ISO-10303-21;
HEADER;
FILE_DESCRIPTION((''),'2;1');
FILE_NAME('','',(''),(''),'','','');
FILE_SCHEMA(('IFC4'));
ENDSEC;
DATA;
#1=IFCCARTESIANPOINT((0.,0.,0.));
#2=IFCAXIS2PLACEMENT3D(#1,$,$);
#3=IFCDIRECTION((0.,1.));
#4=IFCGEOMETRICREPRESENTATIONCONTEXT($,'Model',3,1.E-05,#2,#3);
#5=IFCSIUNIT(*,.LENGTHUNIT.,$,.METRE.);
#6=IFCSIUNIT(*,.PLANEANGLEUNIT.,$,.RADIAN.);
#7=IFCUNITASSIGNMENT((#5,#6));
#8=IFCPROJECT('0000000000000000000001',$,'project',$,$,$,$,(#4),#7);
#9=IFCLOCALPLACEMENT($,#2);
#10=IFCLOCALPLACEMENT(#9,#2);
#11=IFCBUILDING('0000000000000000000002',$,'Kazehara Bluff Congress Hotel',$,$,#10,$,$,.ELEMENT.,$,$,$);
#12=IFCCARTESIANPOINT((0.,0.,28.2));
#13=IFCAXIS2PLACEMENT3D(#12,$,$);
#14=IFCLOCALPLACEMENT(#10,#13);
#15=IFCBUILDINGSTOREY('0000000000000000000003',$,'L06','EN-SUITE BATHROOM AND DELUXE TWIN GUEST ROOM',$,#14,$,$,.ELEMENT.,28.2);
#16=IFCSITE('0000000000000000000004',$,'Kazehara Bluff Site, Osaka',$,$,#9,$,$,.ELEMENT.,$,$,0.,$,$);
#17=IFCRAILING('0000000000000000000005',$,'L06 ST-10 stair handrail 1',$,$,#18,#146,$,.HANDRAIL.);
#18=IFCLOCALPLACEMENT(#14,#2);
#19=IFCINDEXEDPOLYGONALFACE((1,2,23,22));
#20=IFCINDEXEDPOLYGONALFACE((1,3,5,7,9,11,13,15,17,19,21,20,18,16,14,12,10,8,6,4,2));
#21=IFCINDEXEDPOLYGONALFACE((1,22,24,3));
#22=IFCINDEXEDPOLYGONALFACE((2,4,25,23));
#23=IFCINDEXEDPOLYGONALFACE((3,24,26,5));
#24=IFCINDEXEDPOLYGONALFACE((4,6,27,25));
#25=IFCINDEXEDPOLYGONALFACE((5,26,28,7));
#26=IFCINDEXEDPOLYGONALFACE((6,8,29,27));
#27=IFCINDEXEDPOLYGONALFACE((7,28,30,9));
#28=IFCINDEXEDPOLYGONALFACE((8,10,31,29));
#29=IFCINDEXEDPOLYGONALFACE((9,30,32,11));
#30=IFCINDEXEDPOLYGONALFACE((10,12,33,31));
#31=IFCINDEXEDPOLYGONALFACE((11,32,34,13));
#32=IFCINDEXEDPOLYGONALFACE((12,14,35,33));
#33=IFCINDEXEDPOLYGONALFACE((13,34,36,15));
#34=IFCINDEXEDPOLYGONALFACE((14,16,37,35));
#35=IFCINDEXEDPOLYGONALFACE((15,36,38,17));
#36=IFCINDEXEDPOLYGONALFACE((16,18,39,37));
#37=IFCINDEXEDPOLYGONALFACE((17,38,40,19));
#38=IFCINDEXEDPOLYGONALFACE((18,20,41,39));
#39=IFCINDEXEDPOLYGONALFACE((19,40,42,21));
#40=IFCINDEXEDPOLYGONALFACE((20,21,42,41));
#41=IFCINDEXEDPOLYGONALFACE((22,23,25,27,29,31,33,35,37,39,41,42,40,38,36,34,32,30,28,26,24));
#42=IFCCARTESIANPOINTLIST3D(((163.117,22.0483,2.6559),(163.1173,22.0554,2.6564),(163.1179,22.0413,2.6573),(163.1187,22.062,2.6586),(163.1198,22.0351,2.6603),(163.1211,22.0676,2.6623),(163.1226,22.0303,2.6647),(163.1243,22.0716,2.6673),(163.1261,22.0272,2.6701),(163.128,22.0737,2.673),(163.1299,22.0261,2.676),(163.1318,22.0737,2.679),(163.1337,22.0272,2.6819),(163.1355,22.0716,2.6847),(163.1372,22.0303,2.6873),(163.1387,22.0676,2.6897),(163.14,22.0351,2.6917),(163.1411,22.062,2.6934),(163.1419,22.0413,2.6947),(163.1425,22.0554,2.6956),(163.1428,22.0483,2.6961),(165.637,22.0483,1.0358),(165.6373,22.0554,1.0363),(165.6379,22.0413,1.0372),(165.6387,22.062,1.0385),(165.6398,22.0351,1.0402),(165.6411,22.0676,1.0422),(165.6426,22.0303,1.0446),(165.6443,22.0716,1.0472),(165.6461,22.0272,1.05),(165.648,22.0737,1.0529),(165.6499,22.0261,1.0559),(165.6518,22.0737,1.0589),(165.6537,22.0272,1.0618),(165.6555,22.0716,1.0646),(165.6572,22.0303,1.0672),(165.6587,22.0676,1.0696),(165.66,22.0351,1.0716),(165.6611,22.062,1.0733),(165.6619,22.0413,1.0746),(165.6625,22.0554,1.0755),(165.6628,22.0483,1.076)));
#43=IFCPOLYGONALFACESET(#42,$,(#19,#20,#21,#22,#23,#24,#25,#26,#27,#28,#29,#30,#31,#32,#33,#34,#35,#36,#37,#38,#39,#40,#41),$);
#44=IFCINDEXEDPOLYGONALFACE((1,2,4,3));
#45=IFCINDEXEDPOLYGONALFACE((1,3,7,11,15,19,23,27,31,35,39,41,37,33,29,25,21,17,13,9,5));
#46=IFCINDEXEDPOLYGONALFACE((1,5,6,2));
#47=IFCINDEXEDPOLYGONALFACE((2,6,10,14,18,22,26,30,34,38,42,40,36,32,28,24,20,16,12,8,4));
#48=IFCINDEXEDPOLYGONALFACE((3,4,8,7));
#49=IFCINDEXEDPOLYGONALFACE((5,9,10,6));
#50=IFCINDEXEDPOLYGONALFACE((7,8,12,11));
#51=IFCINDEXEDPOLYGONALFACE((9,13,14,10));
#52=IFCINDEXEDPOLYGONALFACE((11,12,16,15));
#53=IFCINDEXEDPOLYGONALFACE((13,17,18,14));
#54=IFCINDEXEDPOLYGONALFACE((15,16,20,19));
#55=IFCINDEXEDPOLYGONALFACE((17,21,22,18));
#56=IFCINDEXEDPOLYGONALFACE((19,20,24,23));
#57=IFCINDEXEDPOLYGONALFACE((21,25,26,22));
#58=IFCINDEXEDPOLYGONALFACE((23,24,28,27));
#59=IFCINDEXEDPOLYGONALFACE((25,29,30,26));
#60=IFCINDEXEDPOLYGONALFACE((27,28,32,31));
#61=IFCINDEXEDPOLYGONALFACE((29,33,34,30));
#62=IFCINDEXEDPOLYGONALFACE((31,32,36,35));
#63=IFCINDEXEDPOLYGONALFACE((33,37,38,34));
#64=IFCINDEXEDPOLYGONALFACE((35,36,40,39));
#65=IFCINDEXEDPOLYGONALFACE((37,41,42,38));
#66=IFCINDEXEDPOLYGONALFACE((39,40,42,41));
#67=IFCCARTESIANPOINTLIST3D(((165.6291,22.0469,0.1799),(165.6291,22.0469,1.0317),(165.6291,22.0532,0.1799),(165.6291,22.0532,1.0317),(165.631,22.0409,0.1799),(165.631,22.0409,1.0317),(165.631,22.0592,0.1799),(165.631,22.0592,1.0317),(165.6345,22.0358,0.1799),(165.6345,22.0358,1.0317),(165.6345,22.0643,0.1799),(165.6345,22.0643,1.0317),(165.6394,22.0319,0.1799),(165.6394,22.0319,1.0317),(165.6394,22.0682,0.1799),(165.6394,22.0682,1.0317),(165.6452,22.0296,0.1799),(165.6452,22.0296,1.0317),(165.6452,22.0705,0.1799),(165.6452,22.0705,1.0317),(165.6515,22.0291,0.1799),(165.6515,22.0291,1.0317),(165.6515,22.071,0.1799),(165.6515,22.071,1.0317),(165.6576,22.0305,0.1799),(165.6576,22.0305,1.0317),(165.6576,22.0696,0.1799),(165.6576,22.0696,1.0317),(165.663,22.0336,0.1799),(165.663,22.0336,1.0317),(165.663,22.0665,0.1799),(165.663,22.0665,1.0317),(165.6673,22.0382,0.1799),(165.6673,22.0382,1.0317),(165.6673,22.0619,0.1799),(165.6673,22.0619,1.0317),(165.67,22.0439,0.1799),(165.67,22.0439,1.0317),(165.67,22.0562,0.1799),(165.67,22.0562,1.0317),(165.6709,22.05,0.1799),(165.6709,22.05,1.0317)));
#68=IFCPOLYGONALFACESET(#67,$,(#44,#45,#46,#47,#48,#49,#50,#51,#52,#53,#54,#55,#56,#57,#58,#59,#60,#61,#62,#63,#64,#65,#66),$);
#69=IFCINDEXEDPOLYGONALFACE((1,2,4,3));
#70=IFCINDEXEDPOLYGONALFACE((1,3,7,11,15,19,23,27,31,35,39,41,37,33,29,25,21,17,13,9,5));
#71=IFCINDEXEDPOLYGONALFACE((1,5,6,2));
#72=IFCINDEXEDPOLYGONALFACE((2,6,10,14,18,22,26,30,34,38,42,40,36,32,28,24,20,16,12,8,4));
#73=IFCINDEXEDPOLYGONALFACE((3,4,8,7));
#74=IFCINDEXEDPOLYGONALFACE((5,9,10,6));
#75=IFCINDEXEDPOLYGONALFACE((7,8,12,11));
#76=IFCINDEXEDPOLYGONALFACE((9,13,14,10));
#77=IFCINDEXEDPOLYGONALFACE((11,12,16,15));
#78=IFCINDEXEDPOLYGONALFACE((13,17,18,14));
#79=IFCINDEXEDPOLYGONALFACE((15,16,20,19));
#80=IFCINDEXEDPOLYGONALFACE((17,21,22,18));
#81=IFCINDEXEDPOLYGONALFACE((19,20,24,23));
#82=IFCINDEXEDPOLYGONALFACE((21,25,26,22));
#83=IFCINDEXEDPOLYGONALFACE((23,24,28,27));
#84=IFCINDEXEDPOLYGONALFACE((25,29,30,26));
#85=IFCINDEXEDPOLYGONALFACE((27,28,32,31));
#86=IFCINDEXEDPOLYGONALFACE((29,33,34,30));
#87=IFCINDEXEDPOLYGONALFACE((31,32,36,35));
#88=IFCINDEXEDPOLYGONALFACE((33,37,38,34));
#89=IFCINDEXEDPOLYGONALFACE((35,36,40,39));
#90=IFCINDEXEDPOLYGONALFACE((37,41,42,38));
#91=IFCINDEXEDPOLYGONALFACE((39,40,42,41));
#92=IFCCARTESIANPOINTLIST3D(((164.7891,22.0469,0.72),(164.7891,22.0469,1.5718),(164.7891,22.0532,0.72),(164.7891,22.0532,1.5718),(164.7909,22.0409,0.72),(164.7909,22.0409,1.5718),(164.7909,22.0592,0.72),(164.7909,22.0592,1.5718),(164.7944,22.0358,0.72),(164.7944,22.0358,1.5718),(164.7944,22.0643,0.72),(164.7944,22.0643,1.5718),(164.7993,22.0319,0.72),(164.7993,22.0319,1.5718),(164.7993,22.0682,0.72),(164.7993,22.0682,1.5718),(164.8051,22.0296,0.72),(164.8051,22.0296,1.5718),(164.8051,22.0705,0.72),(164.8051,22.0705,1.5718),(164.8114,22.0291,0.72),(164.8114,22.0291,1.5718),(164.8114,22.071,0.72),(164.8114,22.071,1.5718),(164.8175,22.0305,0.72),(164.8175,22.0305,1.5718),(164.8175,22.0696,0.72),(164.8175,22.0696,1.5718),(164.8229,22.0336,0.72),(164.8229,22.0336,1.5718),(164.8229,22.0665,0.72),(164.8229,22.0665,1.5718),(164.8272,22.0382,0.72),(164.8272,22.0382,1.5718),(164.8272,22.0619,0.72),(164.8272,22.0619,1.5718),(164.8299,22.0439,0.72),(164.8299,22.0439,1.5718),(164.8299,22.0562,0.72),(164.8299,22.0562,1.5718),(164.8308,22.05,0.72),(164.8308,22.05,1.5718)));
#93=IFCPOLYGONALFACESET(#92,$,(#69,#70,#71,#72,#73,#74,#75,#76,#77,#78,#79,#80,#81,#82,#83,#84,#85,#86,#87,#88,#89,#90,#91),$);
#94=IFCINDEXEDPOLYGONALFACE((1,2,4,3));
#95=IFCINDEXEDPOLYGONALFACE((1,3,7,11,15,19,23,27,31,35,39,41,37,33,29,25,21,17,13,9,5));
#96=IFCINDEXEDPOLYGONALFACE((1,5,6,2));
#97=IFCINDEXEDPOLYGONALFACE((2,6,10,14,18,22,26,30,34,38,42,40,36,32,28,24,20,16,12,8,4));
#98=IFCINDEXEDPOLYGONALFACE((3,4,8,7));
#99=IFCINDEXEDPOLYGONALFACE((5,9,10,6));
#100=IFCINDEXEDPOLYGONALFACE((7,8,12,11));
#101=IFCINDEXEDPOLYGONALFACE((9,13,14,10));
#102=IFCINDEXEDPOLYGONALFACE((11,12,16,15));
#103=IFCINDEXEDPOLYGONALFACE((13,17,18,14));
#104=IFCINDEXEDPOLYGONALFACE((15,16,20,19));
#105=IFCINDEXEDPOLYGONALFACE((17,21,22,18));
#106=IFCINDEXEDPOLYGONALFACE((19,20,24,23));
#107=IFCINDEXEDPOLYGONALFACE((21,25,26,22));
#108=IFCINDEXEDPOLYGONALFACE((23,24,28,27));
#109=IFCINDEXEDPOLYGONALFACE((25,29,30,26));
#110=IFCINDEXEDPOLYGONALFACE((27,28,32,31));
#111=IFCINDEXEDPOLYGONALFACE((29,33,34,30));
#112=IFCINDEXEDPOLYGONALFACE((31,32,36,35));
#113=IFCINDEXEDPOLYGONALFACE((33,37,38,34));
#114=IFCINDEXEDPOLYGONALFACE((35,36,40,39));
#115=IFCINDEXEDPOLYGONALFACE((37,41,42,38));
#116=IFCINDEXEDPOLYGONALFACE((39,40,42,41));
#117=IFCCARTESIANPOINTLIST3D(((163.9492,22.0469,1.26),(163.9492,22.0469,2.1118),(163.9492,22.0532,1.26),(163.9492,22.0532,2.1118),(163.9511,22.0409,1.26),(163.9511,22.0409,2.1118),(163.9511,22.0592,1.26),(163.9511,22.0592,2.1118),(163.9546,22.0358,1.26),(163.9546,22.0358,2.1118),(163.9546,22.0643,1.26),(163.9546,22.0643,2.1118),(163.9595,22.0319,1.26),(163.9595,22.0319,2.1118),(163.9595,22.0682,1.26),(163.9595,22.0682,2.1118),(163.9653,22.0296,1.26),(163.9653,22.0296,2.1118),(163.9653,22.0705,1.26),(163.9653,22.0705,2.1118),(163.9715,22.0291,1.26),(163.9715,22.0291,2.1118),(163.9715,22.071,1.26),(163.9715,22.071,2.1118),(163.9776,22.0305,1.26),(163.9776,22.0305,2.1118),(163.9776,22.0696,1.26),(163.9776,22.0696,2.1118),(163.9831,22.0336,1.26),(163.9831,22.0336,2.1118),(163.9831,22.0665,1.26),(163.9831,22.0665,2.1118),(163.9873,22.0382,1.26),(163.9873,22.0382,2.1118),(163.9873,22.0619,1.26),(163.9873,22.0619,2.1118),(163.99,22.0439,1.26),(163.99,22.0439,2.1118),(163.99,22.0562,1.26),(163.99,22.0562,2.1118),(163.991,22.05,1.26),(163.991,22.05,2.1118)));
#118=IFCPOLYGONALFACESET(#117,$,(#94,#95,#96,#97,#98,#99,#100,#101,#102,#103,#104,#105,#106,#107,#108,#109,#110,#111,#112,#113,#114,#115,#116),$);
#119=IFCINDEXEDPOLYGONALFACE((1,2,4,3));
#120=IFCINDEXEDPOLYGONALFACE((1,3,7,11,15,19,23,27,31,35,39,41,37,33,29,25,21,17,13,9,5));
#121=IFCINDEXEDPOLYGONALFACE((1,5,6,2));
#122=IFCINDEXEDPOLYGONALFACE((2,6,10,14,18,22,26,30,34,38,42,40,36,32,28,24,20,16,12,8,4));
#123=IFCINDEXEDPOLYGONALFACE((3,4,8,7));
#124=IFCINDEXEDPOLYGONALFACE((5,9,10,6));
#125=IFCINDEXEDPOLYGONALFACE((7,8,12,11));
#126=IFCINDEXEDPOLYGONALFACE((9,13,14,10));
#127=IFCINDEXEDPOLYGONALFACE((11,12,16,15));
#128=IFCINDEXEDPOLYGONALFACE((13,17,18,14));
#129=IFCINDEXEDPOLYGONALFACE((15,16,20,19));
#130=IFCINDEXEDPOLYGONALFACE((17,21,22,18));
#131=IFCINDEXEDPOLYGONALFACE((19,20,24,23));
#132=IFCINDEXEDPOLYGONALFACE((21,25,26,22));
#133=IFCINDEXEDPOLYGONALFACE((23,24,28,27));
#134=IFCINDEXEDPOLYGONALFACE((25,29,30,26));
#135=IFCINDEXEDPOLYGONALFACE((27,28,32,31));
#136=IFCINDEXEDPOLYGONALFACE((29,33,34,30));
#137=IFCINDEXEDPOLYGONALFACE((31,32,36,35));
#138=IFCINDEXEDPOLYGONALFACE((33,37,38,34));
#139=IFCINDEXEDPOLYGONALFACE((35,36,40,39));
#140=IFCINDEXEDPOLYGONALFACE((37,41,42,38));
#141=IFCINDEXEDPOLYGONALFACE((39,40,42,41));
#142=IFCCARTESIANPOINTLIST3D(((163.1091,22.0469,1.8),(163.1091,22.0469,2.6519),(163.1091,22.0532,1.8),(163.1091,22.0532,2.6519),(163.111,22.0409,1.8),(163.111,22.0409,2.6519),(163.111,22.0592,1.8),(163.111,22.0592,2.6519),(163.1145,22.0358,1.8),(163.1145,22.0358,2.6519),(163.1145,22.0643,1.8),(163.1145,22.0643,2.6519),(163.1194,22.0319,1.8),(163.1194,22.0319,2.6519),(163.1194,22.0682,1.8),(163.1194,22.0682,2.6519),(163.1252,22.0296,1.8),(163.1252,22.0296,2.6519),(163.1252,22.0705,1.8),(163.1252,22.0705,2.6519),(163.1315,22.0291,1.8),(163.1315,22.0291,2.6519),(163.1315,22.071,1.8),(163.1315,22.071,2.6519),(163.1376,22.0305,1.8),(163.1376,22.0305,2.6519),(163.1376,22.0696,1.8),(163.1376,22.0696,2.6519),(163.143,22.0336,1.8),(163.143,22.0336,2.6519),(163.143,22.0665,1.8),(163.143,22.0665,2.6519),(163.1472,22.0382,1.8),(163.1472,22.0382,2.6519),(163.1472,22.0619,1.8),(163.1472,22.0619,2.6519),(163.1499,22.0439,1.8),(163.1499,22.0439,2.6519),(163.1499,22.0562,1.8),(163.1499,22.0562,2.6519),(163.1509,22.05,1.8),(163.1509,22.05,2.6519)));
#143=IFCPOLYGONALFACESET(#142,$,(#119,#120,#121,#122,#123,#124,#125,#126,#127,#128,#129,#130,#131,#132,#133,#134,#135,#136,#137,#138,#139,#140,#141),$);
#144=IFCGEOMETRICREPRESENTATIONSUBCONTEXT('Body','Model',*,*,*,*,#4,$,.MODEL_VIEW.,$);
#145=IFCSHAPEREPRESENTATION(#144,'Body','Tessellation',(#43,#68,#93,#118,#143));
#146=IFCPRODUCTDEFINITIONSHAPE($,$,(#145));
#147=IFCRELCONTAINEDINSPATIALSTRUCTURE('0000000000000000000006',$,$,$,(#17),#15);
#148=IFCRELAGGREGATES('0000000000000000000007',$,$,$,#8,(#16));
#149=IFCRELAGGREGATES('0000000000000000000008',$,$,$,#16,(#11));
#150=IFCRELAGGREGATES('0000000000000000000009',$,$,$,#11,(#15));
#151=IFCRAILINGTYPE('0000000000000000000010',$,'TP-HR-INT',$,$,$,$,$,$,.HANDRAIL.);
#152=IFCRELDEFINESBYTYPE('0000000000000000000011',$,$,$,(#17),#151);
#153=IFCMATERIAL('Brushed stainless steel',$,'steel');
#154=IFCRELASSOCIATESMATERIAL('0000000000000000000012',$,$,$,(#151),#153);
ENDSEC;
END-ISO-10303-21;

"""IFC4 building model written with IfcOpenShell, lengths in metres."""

from ifc_helpers import new_model, si_unit, direction, frame, origin, origin_2d, place, context, subcontext, project, spatial, circle, extrude, material, type_object, element, save


model = new_model("IFC4")

# Units and contexts
model_context = context("Model", 3, precision=1e-05, world=origin(), true_north=direction((0.0, 1.0)))
body_context = subcontext(model_context, "Body", "Model", "MODEL_VIEW")
ifc_project = project(units=[si_unit("LENGTHUNIT", "METRE"), si_unit("PLANEANGLEUNIT", "RADIAN")], contexts=[model_context])

# Site, building, storey
site_placement = place(None, origin())
site = spatial("IfcSite", under=ifc_project, at=site_placement, Name="Kazehara Bluff Site, Osaka", CompositionType="ELEMENT", RefElevation=0.0)
building_placement = place(site_placement, origin())
building = spatial("IfcBuilding", under=site, at=building_placement, Name="Kazehara Bluff Congress Hotel", CompositionType="ELEMENT")
storey_placement = place(building_placement, frame((0.0, 0.0, 28.2)))
storey = spatial("IfcBuildingStorey", under=building, at=storey_placement, Name="L06", Description="EN-SUITE BATHROOM AND DELUXE TWIN GUEST ROOM", CompositionType="ELEMENT", Elevation=28.2)

# Railing
ifc_material_1 = material(Name="Brushed stainless steel", Category="steel")
railing_type_1 = type_object("IfcRailingType", Name="TP-HR-INT", PredefinedType="HANDRAIL", material=ifc_material_1)
railing_1_placement = place(storey_placement, frame((165.6499, 22.05, 0.1799)))
element("IfcRailing", 1, at=railing_1_placement, inside=storey, type_object=railing_type_1, Name="L06 ST-10 stair handrail 1", PredefinedType="HANDRAIL", context=body_context, shape_type="SweptSolid", body=[
    extrude(circle(Radius=0.0239, at=origin_2d()), frame((0.0, 0.0, 0.876), z_axis=(-0.841163, 0.0, 0.540782), x_axis=(0.0, -1.0, 0.0)), (0.0, 0.0, 1.0), 2.9958),
    extrude(circle(Radius=0.021, at=origin_2d()), origin(), (0.0, 0.0, 1.0), 0.8518),
    extrude(circle(Radius=0.021, at=origin_2d()), frame((-0.8401, 0.0, 0.54)), (0.0, 0.0, 1.0), 0.8518),
    extrude(circle(Radius=0.021, at=origin_2d()), frame((-1.6799, 0.0, 1.0801)), (0.0, 0.0, 1.0), 0.8518),
    extrude(circle(Radius=0.021, at=origin_2d()), frame((-2.52, 0.0, 1.6201)), (0.0, 0.0, 1.0), 0.8518),
])

save(model, "model.ifc")
